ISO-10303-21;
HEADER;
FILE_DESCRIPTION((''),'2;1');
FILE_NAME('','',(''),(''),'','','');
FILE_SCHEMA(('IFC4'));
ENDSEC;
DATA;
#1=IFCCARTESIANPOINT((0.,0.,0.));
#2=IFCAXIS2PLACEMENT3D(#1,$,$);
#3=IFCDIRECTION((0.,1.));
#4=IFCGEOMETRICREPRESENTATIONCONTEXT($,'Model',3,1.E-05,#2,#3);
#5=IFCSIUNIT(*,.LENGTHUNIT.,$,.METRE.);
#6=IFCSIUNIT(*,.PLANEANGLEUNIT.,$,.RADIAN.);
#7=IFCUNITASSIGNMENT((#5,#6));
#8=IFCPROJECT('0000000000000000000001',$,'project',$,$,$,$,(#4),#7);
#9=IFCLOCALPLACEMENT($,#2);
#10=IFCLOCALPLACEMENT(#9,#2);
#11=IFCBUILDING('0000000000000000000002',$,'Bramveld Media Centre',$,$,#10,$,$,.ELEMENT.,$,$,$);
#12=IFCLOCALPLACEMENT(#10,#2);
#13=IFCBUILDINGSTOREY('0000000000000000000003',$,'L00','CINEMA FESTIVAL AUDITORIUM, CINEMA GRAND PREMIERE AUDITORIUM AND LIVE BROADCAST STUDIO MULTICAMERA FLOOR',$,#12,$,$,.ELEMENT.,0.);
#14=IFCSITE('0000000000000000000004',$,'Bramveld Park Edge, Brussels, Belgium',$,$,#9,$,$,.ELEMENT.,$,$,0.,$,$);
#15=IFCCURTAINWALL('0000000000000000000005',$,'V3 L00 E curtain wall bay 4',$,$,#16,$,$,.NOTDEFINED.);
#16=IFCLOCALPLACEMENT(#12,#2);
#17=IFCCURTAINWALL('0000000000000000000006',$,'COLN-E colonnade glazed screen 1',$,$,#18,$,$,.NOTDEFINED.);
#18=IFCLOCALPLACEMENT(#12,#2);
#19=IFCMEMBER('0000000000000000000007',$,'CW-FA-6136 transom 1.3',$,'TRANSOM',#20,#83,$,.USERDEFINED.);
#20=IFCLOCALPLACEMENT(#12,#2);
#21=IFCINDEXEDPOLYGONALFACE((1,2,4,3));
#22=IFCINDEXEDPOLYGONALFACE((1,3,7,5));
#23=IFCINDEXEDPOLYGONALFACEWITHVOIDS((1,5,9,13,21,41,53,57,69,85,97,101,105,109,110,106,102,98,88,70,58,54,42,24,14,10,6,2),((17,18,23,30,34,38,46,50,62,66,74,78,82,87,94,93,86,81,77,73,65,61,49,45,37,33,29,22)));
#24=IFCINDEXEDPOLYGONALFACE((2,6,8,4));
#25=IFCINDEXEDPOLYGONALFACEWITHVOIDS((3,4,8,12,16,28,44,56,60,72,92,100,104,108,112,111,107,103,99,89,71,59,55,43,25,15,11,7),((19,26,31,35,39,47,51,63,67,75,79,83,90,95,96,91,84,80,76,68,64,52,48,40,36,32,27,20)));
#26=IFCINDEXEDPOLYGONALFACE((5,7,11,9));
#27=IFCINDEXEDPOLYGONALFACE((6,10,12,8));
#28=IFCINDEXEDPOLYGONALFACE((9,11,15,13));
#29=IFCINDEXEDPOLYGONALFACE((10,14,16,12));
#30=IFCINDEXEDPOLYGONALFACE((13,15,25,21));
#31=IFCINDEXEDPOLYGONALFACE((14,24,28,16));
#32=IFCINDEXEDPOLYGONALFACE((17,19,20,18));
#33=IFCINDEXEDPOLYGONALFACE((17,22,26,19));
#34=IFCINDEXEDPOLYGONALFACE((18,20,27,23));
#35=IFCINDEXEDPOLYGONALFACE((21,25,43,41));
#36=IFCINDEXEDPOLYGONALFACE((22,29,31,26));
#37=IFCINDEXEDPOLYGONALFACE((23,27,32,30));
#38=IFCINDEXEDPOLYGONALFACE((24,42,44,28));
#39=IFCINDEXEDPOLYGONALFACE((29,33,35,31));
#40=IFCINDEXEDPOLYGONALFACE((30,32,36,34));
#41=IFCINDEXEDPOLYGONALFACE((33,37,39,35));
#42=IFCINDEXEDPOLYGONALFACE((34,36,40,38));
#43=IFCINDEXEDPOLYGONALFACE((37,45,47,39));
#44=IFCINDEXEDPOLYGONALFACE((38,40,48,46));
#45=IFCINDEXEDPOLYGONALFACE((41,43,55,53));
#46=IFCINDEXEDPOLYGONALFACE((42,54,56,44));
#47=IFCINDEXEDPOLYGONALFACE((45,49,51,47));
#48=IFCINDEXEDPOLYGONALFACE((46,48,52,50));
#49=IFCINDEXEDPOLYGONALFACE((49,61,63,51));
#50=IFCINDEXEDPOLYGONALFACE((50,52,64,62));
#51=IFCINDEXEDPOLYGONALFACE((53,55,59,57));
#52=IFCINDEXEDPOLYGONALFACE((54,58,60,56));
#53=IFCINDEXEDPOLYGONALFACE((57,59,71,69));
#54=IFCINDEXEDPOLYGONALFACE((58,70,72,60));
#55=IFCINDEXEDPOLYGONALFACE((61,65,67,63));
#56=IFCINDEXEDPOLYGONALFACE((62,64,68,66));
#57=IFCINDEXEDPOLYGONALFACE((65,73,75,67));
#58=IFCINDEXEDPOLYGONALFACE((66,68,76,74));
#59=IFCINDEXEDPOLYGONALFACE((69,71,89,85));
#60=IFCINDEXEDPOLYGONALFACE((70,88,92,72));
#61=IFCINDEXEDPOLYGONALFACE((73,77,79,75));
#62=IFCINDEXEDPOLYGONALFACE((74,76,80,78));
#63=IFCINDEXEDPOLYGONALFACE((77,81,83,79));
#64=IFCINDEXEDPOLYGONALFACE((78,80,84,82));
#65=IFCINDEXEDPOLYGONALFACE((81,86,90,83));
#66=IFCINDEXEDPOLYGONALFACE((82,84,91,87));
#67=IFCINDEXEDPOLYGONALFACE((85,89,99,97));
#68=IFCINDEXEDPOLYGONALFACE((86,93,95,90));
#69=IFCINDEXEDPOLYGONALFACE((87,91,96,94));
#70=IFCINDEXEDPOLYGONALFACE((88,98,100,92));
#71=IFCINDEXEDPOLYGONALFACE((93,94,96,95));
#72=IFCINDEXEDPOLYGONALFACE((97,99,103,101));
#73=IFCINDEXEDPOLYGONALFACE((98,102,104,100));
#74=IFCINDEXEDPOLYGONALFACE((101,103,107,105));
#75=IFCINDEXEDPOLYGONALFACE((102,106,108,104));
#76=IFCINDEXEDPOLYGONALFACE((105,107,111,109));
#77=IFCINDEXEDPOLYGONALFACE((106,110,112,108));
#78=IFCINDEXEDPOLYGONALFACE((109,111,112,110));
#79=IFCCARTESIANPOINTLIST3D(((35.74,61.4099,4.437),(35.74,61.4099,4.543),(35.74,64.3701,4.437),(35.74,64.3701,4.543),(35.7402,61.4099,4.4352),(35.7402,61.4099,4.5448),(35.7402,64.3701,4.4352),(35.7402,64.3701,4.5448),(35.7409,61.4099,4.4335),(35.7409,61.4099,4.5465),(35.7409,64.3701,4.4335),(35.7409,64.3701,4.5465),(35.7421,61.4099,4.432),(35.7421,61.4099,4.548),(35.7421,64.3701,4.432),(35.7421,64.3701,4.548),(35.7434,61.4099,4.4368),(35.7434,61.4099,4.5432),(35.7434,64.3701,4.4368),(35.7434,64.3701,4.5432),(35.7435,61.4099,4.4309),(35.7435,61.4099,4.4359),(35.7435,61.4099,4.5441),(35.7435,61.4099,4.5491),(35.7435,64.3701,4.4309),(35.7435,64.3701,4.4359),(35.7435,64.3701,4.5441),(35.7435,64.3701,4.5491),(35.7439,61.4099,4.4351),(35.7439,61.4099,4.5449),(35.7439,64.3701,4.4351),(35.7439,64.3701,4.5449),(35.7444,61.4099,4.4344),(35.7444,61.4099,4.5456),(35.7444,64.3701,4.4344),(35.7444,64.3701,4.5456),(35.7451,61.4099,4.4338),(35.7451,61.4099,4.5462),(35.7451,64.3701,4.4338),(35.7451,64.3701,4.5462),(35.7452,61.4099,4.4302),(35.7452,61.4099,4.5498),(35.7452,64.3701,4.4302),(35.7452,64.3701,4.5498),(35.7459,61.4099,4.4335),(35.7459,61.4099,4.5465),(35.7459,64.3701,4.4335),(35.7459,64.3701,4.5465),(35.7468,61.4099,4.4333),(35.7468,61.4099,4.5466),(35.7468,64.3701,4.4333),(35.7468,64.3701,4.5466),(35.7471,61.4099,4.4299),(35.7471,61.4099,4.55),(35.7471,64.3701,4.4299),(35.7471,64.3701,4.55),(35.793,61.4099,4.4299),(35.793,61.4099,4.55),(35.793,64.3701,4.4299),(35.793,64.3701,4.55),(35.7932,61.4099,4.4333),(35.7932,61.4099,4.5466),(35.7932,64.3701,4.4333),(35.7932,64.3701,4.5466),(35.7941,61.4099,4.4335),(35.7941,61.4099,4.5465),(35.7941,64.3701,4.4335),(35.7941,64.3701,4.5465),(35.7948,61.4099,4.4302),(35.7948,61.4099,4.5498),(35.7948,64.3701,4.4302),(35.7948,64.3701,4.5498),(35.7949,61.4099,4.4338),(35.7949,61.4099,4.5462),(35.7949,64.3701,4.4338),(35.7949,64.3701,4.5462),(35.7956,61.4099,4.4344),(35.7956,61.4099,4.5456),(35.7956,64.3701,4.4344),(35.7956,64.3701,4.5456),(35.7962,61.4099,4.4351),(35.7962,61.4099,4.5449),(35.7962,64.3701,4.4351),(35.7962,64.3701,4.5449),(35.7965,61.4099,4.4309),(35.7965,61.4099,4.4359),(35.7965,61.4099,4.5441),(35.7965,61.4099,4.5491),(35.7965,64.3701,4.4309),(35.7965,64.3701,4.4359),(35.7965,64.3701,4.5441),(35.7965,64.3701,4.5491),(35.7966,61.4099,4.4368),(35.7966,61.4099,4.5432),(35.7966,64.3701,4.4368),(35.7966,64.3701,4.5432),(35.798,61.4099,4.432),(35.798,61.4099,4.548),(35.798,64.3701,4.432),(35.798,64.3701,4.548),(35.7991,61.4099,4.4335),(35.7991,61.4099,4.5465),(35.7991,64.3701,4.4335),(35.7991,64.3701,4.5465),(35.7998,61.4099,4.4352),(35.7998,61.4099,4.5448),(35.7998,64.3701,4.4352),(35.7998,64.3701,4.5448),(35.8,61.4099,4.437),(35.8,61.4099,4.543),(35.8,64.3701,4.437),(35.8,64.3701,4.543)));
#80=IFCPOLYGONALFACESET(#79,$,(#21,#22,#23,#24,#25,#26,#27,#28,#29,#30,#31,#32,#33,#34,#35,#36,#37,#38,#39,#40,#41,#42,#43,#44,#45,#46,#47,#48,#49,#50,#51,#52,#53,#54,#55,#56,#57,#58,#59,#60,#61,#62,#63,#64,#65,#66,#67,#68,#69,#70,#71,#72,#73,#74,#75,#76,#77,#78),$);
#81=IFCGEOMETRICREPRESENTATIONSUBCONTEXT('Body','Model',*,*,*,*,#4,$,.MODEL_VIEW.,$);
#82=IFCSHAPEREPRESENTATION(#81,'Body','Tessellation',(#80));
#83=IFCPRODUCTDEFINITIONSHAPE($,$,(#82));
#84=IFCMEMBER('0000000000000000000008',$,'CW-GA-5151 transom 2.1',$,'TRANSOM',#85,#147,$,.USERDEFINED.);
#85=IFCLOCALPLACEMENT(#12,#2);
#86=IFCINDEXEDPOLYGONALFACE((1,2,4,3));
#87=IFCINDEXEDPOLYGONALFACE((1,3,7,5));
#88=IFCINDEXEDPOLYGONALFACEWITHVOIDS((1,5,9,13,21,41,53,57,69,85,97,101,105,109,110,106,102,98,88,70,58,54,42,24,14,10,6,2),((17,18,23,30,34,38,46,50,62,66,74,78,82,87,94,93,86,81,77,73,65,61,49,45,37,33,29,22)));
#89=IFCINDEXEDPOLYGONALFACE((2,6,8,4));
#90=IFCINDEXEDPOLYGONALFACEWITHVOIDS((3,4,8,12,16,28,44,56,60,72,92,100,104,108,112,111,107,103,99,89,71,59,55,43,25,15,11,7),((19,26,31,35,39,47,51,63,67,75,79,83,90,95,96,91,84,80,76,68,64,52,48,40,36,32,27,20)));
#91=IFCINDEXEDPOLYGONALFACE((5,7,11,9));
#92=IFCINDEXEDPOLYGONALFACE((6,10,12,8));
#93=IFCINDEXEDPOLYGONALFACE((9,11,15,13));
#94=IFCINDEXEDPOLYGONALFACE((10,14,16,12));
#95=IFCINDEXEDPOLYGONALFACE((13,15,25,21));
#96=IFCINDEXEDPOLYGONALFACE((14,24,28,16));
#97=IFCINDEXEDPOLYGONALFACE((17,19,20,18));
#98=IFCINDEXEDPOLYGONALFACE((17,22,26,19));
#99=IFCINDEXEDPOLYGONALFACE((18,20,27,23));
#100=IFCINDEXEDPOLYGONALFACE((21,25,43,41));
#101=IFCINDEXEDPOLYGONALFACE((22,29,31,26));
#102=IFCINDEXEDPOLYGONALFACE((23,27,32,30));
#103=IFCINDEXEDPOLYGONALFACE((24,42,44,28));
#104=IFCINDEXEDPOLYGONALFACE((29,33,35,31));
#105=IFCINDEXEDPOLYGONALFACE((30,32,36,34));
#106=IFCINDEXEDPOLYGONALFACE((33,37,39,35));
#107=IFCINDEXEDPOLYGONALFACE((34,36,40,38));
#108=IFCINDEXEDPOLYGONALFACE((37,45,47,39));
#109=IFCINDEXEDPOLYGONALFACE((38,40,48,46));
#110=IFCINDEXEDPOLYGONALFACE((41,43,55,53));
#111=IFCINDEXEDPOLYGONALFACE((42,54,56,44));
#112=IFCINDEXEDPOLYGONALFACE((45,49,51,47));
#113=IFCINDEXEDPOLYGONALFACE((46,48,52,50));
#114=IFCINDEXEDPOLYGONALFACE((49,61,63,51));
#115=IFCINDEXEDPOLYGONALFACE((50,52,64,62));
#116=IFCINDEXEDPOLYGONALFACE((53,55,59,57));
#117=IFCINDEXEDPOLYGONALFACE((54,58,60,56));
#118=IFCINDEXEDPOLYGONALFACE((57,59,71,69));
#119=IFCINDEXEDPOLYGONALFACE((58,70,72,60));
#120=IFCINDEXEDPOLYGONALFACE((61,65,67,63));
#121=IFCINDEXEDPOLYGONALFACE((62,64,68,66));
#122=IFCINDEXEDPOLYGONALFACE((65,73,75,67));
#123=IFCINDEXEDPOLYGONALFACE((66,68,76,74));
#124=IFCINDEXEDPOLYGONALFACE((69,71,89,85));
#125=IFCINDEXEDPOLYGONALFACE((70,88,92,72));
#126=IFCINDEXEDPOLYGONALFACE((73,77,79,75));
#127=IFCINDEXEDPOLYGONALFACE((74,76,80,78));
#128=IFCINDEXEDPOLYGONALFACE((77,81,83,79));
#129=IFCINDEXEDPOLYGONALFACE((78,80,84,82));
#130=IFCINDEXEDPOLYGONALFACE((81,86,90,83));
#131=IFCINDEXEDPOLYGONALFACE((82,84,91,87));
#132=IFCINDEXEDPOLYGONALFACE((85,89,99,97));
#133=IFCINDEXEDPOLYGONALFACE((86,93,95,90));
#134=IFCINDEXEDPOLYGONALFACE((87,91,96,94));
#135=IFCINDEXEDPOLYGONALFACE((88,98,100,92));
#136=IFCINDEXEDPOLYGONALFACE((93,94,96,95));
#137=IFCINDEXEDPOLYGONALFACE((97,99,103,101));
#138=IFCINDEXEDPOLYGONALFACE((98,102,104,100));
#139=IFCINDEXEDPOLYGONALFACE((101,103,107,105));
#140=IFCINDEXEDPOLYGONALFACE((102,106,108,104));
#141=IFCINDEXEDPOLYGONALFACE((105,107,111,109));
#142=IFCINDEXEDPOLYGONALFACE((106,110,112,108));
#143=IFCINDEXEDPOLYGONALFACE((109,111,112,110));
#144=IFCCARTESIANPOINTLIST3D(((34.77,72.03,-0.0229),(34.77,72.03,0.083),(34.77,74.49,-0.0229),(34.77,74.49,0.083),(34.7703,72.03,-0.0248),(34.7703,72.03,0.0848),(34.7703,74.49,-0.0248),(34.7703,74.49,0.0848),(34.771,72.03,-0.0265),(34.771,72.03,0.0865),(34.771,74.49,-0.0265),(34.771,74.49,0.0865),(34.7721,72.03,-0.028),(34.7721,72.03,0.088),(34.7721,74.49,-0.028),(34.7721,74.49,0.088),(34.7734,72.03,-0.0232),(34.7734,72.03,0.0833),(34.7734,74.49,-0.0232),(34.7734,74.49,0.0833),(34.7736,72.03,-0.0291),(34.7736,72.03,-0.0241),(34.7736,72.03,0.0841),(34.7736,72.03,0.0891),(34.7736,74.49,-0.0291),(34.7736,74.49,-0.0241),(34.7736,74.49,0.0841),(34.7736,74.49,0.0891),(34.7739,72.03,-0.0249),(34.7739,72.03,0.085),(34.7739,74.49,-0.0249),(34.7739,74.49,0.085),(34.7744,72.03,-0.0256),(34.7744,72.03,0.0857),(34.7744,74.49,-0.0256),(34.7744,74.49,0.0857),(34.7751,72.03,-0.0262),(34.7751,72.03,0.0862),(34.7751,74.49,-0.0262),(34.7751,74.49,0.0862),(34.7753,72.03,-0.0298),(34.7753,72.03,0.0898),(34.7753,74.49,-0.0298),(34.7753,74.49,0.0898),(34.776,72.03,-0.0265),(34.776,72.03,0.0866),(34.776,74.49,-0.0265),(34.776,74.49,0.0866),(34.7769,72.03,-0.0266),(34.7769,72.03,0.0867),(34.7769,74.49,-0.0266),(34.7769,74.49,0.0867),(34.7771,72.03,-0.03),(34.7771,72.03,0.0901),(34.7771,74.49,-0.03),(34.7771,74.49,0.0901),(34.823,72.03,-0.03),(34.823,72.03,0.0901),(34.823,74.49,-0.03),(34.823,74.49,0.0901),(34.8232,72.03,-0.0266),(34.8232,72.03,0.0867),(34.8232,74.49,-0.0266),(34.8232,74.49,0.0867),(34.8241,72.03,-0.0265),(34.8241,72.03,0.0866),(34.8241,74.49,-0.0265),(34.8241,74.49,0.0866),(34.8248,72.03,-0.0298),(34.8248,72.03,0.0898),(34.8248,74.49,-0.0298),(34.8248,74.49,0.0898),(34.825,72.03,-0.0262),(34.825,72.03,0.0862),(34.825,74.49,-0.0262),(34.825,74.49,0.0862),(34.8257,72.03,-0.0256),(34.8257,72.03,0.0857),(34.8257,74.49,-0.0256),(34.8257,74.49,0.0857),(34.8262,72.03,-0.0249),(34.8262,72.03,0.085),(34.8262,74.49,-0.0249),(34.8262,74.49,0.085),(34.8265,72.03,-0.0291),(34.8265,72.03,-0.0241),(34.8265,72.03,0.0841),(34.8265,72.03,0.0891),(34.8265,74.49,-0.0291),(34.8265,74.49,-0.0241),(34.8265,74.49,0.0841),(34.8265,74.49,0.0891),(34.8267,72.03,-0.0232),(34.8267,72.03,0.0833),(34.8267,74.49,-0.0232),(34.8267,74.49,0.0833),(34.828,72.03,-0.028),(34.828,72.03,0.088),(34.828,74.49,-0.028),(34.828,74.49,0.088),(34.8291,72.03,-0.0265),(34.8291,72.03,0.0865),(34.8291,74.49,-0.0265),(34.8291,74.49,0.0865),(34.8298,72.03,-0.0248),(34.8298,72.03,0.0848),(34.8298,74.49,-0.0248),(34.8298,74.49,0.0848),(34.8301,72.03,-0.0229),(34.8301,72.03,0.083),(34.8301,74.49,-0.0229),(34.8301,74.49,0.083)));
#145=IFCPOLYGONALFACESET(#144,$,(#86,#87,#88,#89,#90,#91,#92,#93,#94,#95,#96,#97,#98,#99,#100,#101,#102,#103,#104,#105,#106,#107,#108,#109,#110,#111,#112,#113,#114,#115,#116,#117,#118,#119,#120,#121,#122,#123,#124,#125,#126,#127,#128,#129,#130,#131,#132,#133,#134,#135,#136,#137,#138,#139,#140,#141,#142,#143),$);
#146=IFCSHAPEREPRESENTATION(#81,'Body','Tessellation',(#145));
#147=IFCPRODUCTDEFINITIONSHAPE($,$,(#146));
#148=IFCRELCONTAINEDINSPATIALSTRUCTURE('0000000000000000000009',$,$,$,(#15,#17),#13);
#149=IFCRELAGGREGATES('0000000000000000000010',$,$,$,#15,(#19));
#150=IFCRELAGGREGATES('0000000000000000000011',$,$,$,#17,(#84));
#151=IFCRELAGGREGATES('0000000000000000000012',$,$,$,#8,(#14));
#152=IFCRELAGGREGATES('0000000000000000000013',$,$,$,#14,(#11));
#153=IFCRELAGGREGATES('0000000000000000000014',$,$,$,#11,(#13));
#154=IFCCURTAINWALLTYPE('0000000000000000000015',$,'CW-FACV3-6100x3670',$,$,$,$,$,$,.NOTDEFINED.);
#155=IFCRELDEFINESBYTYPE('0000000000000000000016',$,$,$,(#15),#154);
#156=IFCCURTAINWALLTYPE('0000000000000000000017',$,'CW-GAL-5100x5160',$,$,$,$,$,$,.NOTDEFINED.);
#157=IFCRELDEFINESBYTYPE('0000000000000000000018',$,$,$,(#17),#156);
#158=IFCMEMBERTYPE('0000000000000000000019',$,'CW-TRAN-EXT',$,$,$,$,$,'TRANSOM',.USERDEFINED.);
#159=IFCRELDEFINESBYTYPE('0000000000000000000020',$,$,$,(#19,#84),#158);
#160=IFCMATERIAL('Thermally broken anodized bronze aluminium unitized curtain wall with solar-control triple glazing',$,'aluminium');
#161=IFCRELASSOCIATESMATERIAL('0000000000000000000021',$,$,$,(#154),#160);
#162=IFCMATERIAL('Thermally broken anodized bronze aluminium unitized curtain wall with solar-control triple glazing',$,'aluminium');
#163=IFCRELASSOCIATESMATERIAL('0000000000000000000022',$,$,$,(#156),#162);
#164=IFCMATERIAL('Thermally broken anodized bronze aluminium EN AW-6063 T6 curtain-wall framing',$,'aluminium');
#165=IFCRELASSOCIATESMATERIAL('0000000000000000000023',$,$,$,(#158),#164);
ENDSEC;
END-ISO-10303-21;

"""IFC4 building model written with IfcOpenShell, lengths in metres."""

from ifc_helpers import new_model, si_unit, direction, frame, origin, origin_2d, place, context, subcontext, project, spatial, hollow_rectangle, extrude, material, material_profile, profile_set, type_object, element, aggregate, save


model = new_model("IFC4")

# Units and contexts
model_context = context("Model", 3, precision=1e-05, world=origin(), true_north=direction((0.0, 1.0)))
body_context = subcontext(model_context, "Body", "Model", "MODEL_VIEW")
ifc_project = project(units=[si_unit("LENGTHUNIT", "METRE"), si_unit("PLANEANGLEUNIT", "RADIAN")], contexts=[model_context])

# Site, building, storey
site_placement = place(None, origin())
site = spatial("IfcSite", under=ifc_project, at=site_placement, Name="Bramveld Park Edge, Brussels, Belgium", CompositionType="ELEMENT", RefElevation=0.0)
building_placement = place(site_placement, origin())
building = spatial("IfcBuilding", under=site, at=building_placement, Name="Bramveld Media Centre", CompositionType="ELEMENT")
storey_placement = place(building_placement, origin())
storey = spatial("IfcBuildingStorey", under=building, at=storey_placement, Name="L00", Description="CINEMA FESTIVAL AUDITORIUM, CINEMA GRAND PREMIERE AUDITORIUM AND LIVE BROADCAST STUDIO MULTICAMERA FLOOR", CompositionType="ELEMENT", Elevation=0.0)

# Curtain wall
ifc_material_1 = material(Name="Thermally broken anodized bronze aluminium unitized curtain wall with solar-control triple glazing", Category="aluminium")
curtain_wall_type_1 = type_object("IfcCurtainWallType", Name="CW-FACV3-6100x3670", PredefinedType="NOTDEFINED", material=ifc_material_1)
curtain_wall_1_placement = place(storey_placement, origin())
curtain_wall_1 = element("IfcCurtainWall", 1, at=curtain_wall_1_placement, inside=storey, type_object=curtain_wall_type_1, Name="V3 L00 E curtain wall bay 4", PredefinedType="NOTDEFINED")

# Curtain wall
ifc_material_2 = material(Name="Thermally broken anodized bronze aluminium unitized curtain wall with solar-control triple glazing", Category="aluminium")
curtain_wall_type_2 = type_object("IfcCurtainWallType", Name="CW-GAL-5100x5160", PredefinedType="NOTDEFINED", material=ifc_material_2)
curtain_wall_2_placement = place(storey_placement, origin())
curtain_wall_2 = element("IfcCurtainWall", 2, at=curtain_wall_2_placement, inside=storey, type_object=curtain_wall_type_2, Name="COLN-E colonnade glazed screen 1", PredefinedType="NOTDEFINED")

# Members
ifc_material_3 = material(Name="Thermally broken anodized bronze aluminium EN AW-6063 T6 curtain-wall framing", Category="aluminium")
ifc_material_profile_1 = material_profile(ifc_material_3, hollow_rectangle(XDim=0.0601, YDim=0.1201, WallThickness=0.0034, InnerFilletRadius=0.0034, OuterFilletRadius=0.0071, at=origin_2d()), Name="AL-TRAN 60x120")
ifc_profile_set_1 = profile_set([ifc_material_profile_1], Name="Thermally broken anodized bronze aluminium EN AW-6063 T6 curtain-wall framing")
member_type_1 = type_object("IfcMemberType", Name="CW-TRAN-EXT", ElementType="TRANSOM", PredefinedType="USERDEFINED", material=ifc_profile_set_1)
member_1_placement = place(storey_placement, frame((35.77, 61.4099, 4.49), z_axis=(0.0, 1.0, 0.0), x_axis=(-1.0, 0.0, 0.0)))
member_1 = element("IfcMember", 3, at=member_1_placement, type_object=member_type_1, Name="CW-FA-6136 transom 1.3", ObjectType="TRANSOM", PredefinedType="USERDEFINED", context=body_context, shape_type="SweptSolid", body=[
    extrude(hollow_rectangle(XDim=0.0601, YDim=0.1201, WallThickness=0.0034, InnerFilletRadius=0.0034, OuterFilletRadius=0.0071, at=origin_2d()), origin(), (0.0, 0.0, 1.0), 2.9602),
])
aggregate(curtain_wall_1, [member_1])
member_2_placement = place(storey_placement, frame((34.8, 72.03, 0.03), z_axis=(0.0, 1.0, 0.0), x_axis=(-1.0, 0.0, 0.0)))
member_2 = element("IfcMember", 4, at=member_2_placement, type_object=member_type_1, Name="CW-GA-5151 transom 2.1", ObjectType="TRANSOM", PredefinedType="USERDEFINED", context=body_context, shape_type="SweptSolid", body=[
    extrude(hollow_rectangle(XDim=0.0601, YDim=0.1201, WallThickness=0.0034, InnerFilletRadius=0.0034, OuterFilletRadius=0.0071, at=origin_2d()), origin(), (0.0, 0.0, 1.0), 2.46),
])

aggregate(curtain_wall_2, [member_2])

save(model, "model.ifc")
